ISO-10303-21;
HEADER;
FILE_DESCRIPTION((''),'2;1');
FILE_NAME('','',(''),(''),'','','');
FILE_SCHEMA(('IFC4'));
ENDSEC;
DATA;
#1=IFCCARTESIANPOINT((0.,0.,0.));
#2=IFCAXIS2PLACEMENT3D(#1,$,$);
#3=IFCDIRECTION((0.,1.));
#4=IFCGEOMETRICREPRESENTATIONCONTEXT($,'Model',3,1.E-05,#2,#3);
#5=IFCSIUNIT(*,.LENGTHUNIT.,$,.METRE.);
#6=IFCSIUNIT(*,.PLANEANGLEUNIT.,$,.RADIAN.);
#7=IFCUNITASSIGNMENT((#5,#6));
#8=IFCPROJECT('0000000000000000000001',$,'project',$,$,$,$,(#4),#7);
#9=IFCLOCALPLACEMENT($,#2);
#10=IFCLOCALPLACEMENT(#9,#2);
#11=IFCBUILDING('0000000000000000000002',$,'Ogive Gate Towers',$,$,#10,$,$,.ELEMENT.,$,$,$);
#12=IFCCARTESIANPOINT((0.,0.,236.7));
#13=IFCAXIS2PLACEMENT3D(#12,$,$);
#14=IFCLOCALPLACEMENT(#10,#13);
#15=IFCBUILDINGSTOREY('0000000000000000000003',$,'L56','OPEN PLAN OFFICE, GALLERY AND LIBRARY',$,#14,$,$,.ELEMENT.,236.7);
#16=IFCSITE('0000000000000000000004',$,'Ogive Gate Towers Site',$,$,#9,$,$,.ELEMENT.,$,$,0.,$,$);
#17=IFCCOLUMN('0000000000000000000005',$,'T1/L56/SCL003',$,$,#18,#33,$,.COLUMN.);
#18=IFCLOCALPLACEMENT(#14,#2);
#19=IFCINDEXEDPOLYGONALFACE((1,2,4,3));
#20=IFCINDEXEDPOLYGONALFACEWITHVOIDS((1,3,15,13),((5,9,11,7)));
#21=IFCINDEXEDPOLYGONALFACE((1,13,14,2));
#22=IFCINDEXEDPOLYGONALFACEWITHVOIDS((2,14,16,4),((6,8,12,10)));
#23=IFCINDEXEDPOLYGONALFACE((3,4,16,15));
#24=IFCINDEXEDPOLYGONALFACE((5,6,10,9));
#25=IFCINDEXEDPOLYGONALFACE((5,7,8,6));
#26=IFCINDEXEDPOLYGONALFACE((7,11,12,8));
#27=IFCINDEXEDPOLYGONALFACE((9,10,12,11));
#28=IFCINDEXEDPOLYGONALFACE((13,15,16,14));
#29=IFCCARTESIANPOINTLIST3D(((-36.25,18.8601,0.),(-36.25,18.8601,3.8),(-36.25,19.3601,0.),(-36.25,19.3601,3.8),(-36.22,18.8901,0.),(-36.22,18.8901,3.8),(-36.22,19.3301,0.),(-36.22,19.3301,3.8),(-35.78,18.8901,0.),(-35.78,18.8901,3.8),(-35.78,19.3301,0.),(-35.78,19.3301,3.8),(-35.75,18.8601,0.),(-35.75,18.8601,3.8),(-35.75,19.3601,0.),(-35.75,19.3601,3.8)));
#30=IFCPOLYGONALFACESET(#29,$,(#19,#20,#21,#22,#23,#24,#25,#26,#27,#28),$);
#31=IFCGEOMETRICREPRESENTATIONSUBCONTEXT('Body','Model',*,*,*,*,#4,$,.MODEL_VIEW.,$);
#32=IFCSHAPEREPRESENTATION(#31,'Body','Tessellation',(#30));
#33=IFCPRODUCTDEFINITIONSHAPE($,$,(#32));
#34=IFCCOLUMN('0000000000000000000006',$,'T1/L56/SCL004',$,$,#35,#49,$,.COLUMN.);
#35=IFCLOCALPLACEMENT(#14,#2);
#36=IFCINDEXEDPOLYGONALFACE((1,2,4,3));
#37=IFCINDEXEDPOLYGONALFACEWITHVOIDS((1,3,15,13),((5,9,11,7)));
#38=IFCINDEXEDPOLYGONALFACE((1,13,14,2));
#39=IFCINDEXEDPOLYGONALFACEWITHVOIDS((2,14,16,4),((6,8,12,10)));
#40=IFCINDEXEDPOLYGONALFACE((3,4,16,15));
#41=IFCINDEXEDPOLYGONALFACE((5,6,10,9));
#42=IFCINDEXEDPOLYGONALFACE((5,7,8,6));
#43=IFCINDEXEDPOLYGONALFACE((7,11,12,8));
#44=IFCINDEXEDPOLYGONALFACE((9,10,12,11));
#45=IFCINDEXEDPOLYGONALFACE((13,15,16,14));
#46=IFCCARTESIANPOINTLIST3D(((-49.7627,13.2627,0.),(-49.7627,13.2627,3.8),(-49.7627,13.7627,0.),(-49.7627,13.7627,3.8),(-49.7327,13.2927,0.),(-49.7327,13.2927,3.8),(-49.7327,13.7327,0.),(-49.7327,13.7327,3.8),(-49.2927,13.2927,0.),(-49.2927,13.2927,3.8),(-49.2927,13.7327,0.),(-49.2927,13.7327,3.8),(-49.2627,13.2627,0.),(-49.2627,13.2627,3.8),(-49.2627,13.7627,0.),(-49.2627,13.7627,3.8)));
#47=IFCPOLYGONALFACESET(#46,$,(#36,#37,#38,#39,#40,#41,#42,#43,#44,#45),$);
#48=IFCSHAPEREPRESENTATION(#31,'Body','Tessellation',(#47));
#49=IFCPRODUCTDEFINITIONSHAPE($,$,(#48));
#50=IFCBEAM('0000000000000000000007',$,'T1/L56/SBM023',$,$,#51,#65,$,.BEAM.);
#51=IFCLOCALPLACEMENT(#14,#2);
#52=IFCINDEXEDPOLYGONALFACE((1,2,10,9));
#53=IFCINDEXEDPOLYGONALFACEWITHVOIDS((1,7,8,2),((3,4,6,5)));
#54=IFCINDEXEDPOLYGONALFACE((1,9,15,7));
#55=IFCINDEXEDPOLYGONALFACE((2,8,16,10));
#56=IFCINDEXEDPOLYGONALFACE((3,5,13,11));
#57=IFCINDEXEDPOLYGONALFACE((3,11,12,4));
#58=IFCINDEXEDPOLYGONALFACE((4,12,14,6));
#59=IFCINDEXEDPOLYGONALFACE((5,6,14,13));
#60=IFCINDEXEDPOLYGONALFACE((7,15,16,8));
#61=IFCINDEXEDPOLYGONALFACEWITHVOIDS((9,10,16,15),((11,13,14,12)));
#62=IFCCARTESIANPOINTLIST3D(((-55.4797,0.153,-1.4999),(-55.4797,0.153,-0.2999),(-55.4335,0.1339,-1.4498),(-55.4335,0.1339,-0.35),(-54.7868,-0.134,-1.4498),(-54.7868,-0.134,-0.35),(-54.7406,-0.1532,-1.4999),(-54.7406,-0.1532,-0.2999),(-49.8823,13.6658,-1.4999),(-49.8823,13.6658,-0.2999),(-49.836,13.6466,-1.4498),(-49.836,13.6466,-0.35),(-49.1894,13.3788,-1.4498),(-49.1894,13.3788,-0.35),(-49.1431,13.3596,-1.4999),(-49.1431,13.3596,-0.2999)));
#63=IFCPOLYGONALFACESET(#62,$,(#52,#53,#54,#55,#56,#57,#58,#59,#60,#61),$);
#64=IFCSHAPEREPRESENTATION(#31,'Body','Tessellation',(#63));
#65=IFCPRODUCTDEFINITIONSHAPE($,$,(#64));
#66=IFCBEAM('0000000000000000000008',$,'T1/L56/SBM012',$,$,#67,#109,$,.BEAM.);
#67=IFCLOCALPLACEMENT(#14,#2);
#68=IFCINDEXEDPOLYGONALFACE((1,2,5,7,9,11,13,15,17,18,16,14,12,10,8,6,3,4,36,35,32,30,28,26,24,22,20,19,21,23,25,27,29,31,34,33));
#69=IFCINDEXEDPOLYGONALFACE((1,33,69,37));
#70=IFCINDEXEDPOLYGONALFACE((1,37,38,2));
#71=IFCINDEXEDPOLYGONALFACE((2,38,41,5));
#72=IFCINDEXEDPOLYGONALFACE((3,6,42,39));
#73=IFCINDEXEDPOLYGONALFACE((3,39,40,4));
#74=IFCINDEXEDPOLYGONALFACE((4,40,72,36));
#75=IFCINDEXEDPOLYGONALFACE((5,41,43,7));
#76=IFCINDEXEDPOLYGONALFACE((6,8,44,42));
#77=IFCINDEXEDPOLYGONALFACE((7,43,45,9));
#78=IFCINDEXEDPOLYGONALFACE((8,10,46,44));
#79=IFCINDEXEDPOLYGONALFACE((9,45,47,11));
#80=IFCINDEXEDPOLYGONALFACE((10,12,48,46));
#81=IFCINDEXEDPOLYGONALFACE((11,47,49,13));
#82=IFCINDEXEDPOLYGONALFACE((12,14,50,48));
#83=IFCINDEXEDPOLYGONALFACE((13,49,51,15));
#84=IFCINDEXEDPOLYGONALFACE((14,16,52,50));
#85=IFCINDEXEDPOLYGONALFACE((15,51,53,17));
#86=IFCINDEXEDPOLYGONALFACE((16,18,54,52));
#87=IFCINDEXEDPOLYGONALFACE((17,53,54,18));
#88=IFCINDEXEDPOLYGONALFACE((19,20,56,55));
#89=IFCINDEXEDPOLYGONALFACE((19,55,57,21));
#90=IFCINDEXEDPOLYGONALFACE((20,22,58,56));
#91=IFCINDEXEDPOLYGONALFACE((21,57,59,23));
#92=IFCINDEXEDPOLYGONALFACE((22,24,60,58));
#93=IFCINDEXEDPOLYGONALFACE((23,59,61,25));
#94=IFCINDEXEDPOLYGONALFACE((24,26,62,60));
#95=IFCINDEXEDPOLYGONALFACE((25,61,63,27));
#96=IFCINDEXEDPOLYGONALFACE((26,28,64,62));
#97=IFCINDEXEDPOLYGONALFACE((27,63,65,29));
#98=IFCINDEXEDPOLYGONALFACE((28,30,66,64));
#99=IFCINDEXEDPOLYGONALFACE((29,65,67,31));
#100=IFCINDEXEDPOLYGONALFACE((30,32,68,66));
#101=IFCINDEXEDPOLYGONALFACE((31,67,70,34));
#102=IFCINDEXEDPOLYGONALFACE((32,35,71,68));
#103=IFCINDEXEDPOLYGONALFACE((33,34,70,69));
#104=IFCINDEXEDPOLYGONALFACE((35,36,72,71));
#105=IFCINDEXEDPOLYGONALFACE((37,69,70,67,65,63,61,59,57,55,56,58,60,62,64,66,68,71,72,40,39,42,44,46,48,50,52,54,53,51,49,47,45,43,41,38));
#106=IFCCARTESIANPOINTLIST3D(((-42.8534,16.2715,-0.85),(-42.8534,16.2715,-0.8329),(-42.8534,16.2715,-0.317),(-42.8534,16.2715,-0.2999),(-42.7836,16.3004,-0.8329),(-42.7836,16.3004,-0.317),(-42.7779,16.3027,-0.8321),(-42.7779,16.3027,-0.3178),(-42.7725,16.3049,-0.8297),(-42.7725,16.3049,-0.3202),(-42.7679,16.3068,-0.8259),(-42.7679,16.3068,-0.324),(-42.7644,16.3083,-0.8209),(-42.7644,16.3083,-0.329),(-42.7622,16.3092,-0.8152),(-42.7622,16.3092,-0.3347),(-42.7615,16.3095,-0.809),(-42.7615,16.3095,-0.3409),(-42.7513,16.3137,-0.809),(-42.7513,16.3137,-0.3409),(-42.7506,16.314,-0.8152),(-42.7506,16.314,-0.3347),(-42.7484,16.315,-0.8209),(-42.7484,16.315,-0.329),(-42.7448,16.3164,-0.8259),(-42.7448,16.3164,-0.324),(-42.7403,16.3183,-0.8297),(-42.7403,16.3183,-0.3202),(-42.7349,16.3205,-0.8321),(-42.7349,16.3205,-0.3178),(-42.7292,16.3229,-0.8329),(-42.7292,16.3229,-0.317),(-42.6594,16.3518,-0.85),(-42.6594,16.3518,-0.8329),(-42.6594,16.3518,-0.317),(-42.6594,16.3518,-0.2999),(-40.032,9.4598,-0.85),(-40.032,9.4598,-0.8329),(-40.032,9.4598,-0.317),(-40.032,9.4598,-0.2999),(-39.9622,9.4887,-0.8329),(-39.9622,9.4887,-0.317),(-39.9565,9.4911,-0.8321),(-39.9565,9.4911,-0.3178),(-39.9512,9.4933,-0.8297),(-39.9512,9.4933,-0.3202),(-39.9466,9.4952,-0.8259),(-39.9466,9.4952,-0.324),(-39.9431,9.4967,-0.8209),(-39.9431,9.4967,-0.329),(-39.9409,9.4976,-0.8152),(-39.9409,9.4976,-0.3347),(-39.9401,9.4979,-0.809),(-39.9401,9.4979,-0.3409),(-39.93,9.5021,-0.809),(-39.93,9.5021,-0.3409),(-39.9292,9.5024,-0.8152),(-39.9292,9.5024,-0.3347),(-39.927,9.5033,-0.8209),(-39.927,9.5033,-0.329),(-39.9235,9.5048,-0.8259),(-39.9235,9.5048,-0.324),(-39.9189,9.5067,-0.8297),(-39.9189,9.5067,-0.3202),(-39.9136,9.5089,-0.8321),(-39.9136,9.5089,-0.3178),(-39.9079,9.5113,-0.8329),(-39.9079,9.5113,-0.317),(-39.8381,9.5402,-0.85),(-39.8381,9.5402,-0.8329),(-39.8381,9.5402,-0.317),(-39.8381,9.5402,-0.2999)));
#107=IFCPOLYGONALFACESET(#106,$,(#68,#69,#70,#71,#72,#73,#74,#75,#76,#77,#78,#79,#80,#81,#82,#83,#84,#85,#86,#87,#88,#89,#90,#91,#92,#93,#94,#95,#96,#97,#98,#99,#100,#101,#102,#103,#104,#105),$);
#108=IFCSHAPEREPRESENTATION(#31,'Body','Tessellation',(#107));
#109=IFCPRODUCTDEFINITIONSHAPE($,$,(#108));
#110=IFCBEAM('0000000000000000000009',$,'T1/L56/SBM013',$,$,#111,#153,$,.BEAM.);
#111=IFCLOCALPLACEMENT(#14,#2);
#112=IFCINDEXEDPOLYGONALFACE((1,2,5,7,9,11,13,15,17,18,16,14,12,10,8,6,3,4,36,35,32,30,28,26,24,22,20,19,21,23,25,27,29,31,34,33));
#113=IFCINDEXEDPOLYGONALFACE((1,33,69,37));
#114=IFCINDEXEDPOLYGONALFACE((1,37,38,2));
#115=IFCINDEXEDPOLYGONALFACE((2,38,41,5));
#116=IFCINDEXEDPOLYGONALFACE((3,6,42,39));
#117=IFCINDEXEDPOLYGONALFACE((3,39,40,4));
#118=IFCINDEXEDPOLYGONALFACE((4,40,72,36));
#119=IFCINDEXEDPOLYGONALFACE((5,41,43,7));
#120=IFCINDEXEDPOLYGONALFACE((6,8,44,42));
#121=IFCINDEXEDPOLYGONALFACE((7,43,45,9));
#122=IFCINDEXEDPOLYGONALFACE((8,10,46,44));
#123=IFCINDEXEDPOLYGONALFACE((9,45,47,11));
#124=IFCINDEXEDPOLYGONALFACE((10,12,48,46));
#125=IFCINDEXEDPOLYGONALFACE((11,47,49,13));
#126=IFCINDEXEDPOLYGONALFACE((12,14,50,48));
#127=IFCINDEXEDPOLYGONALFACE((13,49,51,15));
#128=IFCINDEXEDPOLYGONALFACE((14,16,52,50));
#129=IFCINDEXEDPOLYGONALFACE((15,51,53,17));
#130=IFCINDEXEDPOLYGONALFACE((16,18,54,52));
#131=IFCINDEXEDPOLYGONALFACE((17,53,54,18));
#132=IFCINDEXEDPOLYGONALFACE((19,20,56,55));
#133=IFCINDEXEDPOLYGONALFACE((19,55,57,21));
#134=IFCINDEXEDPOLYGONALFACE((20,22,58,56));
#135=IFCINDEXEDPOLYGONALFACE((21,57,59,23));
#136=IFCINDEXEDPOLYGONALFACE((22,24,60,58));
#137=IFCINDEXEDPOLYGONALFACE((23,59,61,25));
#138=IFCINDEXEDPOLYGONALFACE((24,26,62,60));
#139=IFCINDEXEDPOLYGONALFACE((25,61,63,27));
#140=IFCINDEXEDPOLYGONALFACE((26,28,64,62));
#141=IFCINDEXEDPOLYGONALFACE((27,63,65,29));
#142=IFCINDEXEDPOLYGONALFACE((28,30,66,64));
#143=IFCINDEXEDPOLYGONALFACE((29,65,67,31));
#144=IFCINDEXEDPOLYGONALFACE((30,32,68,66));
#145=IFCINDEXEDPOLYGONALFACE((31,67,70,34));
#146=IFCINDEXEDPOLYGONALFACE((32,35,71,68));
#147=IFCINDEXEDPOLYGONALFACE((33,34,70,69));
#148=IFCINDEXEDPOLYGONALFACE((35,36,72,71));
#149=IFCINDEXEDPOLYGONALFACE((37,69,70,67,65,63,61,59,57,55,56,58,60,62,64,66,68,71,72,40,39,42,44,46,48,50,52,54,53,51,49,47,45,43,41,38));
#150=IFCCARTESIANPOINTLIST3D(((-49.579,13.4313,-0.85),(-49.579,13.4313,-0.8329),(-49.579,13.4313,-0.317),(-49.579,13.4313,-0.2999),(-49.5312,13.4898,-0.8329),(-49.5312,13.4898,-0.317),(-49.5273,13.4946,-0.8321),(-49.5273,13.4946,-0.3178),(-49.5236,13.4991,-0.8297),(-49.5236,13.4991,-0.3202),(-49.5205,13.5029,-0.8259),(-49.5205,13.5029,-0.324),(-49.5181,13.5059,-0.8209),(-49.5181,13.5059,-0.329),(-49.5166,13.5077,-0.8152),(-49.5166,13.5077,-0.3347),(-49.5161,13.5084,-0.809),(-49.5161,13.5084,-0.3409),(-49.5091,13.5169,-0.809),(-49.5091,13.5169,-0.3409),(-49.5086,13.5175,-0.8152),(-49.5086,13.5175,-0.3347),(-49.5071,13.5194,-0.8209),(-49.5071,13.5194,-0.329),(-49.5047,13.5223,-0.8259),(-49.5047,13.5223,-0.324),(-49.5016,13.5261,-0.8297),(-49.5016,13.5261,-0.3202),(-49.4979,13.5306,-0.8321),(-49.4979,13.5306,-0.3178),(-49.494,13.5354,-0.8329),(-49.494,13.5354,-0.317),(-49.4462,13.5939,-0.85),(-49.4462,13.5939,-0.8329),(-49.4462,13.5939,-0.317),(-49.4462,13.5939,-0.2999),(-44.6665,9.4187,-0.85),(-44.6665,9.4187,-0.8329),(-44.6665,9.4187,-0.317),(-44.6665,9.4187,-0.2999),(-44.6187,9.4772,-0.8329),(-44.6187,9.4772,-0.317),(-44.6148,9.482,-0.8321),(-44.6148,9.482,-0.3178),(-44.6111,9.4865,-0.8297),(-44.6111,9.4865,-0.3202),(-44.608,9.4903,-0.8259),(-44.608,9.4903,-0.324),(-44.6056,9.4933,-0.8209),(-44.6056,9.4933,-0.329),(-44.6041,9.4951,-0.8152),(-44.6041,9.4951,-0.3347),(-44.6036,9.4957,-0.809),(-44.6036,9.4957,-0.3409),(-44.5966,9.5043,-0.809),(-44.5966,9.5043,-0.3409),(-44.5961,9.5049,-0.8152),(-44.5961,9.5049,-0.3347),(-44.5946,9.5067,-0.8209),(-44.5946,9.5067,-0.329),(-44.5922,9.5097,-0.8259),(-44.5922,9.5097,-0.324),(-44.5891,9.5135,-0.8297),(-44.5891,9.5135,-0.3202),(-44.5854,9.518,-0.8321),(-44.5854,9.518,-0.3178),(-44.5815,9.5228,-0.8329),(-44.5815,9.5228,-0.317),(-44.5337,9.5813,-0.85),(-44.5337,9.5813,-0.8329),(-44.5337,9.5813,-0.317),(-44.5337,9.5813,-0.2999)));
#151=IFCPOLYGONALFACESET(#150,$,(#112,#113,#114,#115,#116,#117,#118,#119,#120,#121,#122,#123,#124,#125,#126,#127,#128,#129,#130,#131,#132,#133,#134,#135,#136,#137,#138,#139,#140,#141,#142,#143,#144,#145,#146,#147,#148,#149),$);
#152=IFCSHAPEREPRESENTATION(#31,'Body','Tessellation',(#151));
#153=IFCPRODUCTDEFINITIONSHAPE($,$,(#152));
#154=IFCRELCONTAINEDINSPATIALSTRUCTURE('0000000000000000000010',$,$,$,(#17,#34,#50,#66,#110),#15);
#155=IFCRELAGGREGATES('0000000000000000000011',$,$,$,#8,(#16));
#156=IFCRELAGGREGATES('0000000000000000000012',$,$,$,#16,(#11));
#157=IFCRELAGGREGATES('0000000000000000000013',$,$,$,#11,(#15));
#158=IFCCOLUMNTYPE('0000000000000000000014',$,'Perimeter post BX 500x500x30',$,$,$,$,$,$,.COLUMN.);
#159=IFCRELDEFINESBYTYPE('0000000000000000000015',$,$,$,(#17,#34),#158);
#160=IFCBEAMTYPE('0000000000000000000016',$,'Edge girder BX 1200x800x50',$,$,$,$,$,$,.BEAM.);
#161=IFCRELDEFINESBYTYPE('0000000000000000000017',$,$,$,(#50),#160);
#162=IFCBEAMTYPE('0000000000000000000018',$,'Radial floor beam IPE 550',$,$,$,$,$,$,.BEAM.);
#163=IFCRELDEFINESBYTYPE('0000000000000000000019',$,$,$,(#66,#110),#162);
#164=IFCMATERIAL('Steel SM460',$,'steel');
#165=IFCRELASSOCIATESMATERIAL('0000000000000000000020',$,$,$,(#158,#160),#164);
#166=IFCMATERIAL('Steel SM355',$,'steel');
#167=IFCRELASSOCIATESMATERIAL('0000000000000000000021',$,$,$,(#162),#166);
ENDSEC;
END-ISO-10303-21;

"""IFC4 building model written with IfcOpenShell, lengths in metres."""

from ifc_helpers import new_model, si_unit, direction, frame, origin, origin_2d, place, context, subcontext, project, spatial, hollow_rectangle, i_section, extrude, material, material_profile, profile_set, type_object, element, save


model = new_model("IFC4")

# Units and contexts
model_context = context("Model", 3, precision=1e-05, world=origin(), true_north=direction((0.0, 1.0)))
body_context = subcontext(model_context, "Body", "Model", "MODEL_VIEW")
ifc_project = project(units=[si_unit("LENGTHUNIT", "METRE"), si_unit("PLANEANGLEUNIT", "RADIAN")], contexts=[model_context])

# Site, building, storey
site_placement = place(None, origin())
site = spatial("IfcSite", under=ifc_project, at=site_placement, Name="Ogive Gate Towers Site", CompositionType="ELEMENT", RefElevation=0.0)
building_placement = place(site_placement, origin())
building = spatial("IfcBuilding", under=site, at=building_placement, Name="Ogive Gate Towers", CompositionType="ELEMENT")
storey_placement = place(building_placement, frame((0.0, 0.0, 236.7)))
storey = spatial("IfcBuildingStorey", under=building, at=storey_placement, Name="L56", Description="OPEN PLAN OFFICE, GALLERY AND LIBRARY", CompositionType="ELEMENT", Elevation=236.7)

# Columns
ifc_material_1 = material(Name="Steel SM460", Category="steel")
ifc_material_profile_1 = material_profile(ifc_material_1, hollow_rectangle(XDim=0.5, YDim=0.5, WallThickness=0.03, at=origin_2d()), Name="BX 500x500x30")
ifc_profile_set_1 = profile_set([ifc_material_profile_1], Name="Steel SM460")
column_type = type_object("IfcColumnType", Name="Perimeter post BX 500x500x30", PredefinedType="COLUMN", material=ifc_profile_set_1)
for number, where, z_axis, x_axis, name in (
    (1, (-36.0, 19.1101, 0.0), (0.0, 0.0, 1.0), (1.0, 0.0, 0.0), "T1/L56/SCL003"),
    (2, (-49.5127, 13.5127, 0.0), (0.0, 0.0, 1.0), (1.0, 0.0, 0.0), "T1/L56/SCL004"),
):
    element("IfcColumn", number, at=place(storey_placement, frame(where, z_axis=z_axis, x_axis=x_axis)), inside=storey, type_object=column_type, Name=name, PredefinedType="COLUMN", context=body_context, shape_type="SweptSolid", body=[
        extrude(hollow_rectangle(XDim=0.5, YDim=0.5, WallThickness=0.03, at=origin_2d()), origin(), (0.0, 0.0, 1.0), 3.8),
    ])

# Beams
ifc_material_profile_2 = material_profile(ifc_material_1, hollow_rectangle(XDim=0.8, YDim=1.2, WallThickness=0.05, at=origin_2d()), Name="BX 1200x800x50")
ifc_profile_set_2 = profile_set([ifc_material_profile_2], Name="Steel SM460")
beam_type_1 = type_object("IfcBeamType", Name="Edge girder BX 1200x800x50", PredefinedType="BEAM", material=ifc_profile_set_2)
beam_1_placement = place(storey_placement, frame((-49.5127, 13.5127, -0.8999), z_axis=(-0.382699, -0.923873, 0.0), x_axis=(0.923873, -0.382699, 0.0)))
element("IfcBeam", 3, at=beam_1_placement, inside=storey, type_object=beam_type_1, Name="T1/L56/SBM023", PredefinedType="BEAM", context=body_context, shape_type="SweptSolid", body=[
    extrude(hollow_rectangle(XDim=0.8, YDim=1.2, WallThickness=0.05, at=origin_2d()), origin(), (0.0, 0.0, 1.0), 14.6262),
])
ifc_material_2 = material(Name="Steel SM355", Category="steel")
ifc_material_profile_3 = material_profile(ifc_material_2, i_section(OverallWidth=0.21, OverallDepth=0.55, WebThickness=0.011, FlangeThickness=0.0171, FilletRadius=0.0239, at=origin_2d()), Name="IPE 550")
ifc_profile_set_3 = profile_set([ifc_material_profile_3], Name="Steel SM355")
beam_type_2 = type_object("IfcBeamType", Name="Radial floor beam IPE 550", PredefinedType="BEAM", material=ifc_profile_set_3)
beam_2_placement = place(storey_placement, frame((-39.9351, 9.5, -0.575), z_axis=(-0.382668, 0.923886, 0.0), x_axis=(-0.923886, -0.382668, 0.0)))
element("IfcBeam", 4, at=beam_2_placement, inside=storey, type_object=beam_type_2, Name="T1/L56/SBM012", PredefinedType="BEAM", context=body_context, shape_type="SweptSolid", body=[
    extrude(i_section(OverallWidth=0.21, OverallDepth=0.55, WebThickness=0.011, FlangeThickness=0.0171, FilletRadius=0.0239, at=origin_2d()), origin(), (0.0, 0.0, 1.0), 7.3728),
])
beam_3_placement = place(storey_placement, frame((-44.6001, 9.5, -0.575), z_axis=(-0.774475, 0.632605, 0.0), x_axis=(-0.632605, -0.774475, 0.0)))
element("IfcBeam", 5, at=beam_3_placement, inside=storey, type_object=beam_type_2, Name="T1/L56/SBM013", PredefinedType="BEAM", context=body_context, shape_type="SweptSolid", body=[
    extrude(i_section(OverallWidth=0.21, OverallDepth=0.55, WebThickness=0.011, FlangeThickness=0.0171, FilletRadius=0.0239, at=origin_2d()), origin(), (0.0, 0.0, 1.0), 6.343),
])

save(model, "model.ifc")
